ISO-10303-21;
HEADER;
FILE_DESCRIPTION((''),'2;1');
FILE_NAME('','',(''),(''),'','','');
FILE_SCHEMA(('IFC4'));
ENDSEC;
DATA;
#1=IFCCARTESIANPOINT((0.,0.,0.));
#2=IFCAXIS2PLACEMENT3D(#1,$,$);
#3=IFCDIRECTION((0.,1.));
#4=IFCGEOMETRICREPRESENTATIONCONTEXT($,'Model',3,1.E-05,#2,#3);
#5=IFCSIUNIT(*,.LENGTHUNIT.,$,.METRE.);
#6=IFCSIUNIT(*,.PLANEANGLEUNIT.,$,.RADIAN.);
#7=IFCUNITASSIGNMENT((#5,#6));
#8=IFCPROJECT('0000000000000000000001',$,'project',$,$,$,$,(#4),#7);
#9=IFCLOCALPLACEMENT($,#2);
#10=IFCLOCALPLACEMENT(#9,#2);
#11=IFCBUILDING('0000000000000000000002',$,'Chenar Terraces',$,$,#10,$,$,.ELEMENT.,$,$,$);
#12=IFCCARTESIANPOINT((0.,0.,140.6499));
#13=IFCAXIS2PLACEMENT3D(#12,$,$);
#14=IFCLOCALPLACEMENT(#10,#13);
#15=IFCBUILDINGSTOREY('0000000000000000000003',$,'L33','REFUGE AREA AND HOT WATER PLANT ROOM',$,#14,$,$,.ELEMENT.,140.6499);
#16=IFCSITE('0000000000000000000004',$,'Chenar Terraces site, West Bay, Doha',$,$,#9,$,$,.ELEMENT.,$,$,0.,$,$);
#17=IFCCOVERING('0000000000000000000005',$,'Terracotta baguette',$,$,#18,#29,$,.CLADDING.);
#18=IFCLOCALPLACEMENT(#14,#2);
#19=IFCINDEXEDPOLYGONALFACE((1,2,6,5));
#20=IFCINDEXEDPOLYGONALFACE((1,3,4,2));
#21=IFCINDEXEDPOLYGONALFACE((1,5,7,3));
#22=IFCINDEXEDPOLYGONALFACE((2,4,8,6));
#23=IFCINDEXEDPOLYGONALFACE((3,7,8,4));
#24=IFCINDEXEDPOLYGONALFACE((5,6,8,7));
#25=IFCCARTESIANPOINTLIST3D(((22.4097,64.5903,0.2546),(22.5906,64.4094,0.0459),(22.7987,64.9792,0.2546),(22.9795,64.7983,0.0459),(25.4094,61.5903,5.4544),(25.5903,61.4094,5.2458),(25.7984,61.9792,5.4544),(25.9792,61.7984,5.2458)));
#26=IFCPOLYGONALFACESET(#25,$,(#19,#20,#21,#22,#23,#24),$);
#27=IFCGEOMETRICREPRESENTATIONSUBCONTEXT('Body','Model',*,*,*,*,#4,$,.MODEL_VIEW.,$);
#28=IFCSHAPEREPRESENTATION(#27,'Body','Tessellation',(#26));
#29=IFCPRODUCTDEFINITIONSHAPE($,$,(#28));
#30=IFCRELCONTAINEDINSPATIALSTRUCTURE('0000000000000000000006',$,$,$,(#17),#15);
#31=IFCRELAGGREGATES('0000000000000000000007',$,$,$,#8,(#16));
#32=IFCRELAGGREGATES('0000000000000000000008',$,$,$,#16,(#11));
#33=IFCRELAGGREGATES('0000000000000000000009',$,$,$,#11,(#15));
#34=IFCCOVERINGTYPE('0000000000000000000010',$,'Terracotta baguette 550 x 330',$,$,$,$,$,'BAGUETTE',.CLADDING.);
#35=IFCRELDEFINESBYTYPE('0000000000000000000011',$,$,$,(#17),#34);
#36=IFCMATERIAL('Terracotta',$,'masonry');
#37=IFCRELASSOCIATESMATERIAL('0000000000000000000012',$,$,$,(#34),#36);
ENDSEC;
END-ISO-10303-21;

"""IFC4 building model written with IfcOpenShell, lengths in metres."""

from ifc_helpers import new_model, si_unit, direction, frame, origin, origin_2d, place, context, subcontext, project, spatial, rectangle, extrude, material, material_profile, profile_set, type_object, element, save


model = new_model("IFC4")

# Units and contexts
model_context = context("Model", 3, precision=1e-05, world=origin(), true_north=direction((0.0, 1.0)))
body_context = subcontext(model_context, "Body", "Model", "MODEL_VIEW")
ifc_project = project(units=[si_unit("LENGTHUNIT", "METRE"), si_unit("PLANEANGLEUNIT", "RADIAN")], contexts=[model_context])

# Site, building, storey
site_placement = place(None, origin())
site = spatial("IfcSite", under=ifc_project, at=site_placement, Name="Chenar Terraces site, West Bay, Doha", CompositionType="ELEMENT", RefElevation=0.0)
building_placement = place(site_placement, origin())
building = spatial("IfcBuilding", under=site, at=building_placement, Name="Chenar Terraces", CompositionType="ELEMENT")
storey_placement = place(building_placement, frame((0.0, 0.0, 140.6499)))
storey = spatial("IfcBuildingStorey", under=building, at=storey_placement, Name="L33", Description="REFUGE AREA AND HOT WATER PLANT ROOM", CompositionType="ELEMENT", Elevation=140.6499)

# Covering
ifc_material_1 = material(Name="Terracotta", Category="masonry")
ifc_material_profile_1 = material_profile(ifc_material_1, rectangle(XDim=0.55, YDim=0.3301, at=origin_2d()), Name="Terracotta baguette 550 x 330")
ifc_profile_set_1 = profile_set([ifc_material_profile_1], Name="Terracotta")
covering_type = type_object("IfcCoveringType", Name="Terracotta baguette 550 x 330", ElementType="BAGUETTE", PredefinedType="CLADDING", material=ifc_profile_set_1)
covering_1_placement = place(storey_placement, frame((25.6943, 61.6943, 5.3501), z_axis=(-0.446988, 0.447025, -0.774836), x_axis=(-0.707136, -0.707078, 0.0)))
element("IfcCovering", 1, at=covering_1_placement, inside=storey, type_object=covering_type, Name="Terracotta baguette", PredefinedType="CLADDING", context=body_context, shape_type="SweptSolid", body=[
    extrude(rectangle(XDim=0.55, YDim=0.3301, at=origin_2d()), origin(), (0.0, 0.0, 1.0), 6.7109),
])

save(model, "model.ifc")
